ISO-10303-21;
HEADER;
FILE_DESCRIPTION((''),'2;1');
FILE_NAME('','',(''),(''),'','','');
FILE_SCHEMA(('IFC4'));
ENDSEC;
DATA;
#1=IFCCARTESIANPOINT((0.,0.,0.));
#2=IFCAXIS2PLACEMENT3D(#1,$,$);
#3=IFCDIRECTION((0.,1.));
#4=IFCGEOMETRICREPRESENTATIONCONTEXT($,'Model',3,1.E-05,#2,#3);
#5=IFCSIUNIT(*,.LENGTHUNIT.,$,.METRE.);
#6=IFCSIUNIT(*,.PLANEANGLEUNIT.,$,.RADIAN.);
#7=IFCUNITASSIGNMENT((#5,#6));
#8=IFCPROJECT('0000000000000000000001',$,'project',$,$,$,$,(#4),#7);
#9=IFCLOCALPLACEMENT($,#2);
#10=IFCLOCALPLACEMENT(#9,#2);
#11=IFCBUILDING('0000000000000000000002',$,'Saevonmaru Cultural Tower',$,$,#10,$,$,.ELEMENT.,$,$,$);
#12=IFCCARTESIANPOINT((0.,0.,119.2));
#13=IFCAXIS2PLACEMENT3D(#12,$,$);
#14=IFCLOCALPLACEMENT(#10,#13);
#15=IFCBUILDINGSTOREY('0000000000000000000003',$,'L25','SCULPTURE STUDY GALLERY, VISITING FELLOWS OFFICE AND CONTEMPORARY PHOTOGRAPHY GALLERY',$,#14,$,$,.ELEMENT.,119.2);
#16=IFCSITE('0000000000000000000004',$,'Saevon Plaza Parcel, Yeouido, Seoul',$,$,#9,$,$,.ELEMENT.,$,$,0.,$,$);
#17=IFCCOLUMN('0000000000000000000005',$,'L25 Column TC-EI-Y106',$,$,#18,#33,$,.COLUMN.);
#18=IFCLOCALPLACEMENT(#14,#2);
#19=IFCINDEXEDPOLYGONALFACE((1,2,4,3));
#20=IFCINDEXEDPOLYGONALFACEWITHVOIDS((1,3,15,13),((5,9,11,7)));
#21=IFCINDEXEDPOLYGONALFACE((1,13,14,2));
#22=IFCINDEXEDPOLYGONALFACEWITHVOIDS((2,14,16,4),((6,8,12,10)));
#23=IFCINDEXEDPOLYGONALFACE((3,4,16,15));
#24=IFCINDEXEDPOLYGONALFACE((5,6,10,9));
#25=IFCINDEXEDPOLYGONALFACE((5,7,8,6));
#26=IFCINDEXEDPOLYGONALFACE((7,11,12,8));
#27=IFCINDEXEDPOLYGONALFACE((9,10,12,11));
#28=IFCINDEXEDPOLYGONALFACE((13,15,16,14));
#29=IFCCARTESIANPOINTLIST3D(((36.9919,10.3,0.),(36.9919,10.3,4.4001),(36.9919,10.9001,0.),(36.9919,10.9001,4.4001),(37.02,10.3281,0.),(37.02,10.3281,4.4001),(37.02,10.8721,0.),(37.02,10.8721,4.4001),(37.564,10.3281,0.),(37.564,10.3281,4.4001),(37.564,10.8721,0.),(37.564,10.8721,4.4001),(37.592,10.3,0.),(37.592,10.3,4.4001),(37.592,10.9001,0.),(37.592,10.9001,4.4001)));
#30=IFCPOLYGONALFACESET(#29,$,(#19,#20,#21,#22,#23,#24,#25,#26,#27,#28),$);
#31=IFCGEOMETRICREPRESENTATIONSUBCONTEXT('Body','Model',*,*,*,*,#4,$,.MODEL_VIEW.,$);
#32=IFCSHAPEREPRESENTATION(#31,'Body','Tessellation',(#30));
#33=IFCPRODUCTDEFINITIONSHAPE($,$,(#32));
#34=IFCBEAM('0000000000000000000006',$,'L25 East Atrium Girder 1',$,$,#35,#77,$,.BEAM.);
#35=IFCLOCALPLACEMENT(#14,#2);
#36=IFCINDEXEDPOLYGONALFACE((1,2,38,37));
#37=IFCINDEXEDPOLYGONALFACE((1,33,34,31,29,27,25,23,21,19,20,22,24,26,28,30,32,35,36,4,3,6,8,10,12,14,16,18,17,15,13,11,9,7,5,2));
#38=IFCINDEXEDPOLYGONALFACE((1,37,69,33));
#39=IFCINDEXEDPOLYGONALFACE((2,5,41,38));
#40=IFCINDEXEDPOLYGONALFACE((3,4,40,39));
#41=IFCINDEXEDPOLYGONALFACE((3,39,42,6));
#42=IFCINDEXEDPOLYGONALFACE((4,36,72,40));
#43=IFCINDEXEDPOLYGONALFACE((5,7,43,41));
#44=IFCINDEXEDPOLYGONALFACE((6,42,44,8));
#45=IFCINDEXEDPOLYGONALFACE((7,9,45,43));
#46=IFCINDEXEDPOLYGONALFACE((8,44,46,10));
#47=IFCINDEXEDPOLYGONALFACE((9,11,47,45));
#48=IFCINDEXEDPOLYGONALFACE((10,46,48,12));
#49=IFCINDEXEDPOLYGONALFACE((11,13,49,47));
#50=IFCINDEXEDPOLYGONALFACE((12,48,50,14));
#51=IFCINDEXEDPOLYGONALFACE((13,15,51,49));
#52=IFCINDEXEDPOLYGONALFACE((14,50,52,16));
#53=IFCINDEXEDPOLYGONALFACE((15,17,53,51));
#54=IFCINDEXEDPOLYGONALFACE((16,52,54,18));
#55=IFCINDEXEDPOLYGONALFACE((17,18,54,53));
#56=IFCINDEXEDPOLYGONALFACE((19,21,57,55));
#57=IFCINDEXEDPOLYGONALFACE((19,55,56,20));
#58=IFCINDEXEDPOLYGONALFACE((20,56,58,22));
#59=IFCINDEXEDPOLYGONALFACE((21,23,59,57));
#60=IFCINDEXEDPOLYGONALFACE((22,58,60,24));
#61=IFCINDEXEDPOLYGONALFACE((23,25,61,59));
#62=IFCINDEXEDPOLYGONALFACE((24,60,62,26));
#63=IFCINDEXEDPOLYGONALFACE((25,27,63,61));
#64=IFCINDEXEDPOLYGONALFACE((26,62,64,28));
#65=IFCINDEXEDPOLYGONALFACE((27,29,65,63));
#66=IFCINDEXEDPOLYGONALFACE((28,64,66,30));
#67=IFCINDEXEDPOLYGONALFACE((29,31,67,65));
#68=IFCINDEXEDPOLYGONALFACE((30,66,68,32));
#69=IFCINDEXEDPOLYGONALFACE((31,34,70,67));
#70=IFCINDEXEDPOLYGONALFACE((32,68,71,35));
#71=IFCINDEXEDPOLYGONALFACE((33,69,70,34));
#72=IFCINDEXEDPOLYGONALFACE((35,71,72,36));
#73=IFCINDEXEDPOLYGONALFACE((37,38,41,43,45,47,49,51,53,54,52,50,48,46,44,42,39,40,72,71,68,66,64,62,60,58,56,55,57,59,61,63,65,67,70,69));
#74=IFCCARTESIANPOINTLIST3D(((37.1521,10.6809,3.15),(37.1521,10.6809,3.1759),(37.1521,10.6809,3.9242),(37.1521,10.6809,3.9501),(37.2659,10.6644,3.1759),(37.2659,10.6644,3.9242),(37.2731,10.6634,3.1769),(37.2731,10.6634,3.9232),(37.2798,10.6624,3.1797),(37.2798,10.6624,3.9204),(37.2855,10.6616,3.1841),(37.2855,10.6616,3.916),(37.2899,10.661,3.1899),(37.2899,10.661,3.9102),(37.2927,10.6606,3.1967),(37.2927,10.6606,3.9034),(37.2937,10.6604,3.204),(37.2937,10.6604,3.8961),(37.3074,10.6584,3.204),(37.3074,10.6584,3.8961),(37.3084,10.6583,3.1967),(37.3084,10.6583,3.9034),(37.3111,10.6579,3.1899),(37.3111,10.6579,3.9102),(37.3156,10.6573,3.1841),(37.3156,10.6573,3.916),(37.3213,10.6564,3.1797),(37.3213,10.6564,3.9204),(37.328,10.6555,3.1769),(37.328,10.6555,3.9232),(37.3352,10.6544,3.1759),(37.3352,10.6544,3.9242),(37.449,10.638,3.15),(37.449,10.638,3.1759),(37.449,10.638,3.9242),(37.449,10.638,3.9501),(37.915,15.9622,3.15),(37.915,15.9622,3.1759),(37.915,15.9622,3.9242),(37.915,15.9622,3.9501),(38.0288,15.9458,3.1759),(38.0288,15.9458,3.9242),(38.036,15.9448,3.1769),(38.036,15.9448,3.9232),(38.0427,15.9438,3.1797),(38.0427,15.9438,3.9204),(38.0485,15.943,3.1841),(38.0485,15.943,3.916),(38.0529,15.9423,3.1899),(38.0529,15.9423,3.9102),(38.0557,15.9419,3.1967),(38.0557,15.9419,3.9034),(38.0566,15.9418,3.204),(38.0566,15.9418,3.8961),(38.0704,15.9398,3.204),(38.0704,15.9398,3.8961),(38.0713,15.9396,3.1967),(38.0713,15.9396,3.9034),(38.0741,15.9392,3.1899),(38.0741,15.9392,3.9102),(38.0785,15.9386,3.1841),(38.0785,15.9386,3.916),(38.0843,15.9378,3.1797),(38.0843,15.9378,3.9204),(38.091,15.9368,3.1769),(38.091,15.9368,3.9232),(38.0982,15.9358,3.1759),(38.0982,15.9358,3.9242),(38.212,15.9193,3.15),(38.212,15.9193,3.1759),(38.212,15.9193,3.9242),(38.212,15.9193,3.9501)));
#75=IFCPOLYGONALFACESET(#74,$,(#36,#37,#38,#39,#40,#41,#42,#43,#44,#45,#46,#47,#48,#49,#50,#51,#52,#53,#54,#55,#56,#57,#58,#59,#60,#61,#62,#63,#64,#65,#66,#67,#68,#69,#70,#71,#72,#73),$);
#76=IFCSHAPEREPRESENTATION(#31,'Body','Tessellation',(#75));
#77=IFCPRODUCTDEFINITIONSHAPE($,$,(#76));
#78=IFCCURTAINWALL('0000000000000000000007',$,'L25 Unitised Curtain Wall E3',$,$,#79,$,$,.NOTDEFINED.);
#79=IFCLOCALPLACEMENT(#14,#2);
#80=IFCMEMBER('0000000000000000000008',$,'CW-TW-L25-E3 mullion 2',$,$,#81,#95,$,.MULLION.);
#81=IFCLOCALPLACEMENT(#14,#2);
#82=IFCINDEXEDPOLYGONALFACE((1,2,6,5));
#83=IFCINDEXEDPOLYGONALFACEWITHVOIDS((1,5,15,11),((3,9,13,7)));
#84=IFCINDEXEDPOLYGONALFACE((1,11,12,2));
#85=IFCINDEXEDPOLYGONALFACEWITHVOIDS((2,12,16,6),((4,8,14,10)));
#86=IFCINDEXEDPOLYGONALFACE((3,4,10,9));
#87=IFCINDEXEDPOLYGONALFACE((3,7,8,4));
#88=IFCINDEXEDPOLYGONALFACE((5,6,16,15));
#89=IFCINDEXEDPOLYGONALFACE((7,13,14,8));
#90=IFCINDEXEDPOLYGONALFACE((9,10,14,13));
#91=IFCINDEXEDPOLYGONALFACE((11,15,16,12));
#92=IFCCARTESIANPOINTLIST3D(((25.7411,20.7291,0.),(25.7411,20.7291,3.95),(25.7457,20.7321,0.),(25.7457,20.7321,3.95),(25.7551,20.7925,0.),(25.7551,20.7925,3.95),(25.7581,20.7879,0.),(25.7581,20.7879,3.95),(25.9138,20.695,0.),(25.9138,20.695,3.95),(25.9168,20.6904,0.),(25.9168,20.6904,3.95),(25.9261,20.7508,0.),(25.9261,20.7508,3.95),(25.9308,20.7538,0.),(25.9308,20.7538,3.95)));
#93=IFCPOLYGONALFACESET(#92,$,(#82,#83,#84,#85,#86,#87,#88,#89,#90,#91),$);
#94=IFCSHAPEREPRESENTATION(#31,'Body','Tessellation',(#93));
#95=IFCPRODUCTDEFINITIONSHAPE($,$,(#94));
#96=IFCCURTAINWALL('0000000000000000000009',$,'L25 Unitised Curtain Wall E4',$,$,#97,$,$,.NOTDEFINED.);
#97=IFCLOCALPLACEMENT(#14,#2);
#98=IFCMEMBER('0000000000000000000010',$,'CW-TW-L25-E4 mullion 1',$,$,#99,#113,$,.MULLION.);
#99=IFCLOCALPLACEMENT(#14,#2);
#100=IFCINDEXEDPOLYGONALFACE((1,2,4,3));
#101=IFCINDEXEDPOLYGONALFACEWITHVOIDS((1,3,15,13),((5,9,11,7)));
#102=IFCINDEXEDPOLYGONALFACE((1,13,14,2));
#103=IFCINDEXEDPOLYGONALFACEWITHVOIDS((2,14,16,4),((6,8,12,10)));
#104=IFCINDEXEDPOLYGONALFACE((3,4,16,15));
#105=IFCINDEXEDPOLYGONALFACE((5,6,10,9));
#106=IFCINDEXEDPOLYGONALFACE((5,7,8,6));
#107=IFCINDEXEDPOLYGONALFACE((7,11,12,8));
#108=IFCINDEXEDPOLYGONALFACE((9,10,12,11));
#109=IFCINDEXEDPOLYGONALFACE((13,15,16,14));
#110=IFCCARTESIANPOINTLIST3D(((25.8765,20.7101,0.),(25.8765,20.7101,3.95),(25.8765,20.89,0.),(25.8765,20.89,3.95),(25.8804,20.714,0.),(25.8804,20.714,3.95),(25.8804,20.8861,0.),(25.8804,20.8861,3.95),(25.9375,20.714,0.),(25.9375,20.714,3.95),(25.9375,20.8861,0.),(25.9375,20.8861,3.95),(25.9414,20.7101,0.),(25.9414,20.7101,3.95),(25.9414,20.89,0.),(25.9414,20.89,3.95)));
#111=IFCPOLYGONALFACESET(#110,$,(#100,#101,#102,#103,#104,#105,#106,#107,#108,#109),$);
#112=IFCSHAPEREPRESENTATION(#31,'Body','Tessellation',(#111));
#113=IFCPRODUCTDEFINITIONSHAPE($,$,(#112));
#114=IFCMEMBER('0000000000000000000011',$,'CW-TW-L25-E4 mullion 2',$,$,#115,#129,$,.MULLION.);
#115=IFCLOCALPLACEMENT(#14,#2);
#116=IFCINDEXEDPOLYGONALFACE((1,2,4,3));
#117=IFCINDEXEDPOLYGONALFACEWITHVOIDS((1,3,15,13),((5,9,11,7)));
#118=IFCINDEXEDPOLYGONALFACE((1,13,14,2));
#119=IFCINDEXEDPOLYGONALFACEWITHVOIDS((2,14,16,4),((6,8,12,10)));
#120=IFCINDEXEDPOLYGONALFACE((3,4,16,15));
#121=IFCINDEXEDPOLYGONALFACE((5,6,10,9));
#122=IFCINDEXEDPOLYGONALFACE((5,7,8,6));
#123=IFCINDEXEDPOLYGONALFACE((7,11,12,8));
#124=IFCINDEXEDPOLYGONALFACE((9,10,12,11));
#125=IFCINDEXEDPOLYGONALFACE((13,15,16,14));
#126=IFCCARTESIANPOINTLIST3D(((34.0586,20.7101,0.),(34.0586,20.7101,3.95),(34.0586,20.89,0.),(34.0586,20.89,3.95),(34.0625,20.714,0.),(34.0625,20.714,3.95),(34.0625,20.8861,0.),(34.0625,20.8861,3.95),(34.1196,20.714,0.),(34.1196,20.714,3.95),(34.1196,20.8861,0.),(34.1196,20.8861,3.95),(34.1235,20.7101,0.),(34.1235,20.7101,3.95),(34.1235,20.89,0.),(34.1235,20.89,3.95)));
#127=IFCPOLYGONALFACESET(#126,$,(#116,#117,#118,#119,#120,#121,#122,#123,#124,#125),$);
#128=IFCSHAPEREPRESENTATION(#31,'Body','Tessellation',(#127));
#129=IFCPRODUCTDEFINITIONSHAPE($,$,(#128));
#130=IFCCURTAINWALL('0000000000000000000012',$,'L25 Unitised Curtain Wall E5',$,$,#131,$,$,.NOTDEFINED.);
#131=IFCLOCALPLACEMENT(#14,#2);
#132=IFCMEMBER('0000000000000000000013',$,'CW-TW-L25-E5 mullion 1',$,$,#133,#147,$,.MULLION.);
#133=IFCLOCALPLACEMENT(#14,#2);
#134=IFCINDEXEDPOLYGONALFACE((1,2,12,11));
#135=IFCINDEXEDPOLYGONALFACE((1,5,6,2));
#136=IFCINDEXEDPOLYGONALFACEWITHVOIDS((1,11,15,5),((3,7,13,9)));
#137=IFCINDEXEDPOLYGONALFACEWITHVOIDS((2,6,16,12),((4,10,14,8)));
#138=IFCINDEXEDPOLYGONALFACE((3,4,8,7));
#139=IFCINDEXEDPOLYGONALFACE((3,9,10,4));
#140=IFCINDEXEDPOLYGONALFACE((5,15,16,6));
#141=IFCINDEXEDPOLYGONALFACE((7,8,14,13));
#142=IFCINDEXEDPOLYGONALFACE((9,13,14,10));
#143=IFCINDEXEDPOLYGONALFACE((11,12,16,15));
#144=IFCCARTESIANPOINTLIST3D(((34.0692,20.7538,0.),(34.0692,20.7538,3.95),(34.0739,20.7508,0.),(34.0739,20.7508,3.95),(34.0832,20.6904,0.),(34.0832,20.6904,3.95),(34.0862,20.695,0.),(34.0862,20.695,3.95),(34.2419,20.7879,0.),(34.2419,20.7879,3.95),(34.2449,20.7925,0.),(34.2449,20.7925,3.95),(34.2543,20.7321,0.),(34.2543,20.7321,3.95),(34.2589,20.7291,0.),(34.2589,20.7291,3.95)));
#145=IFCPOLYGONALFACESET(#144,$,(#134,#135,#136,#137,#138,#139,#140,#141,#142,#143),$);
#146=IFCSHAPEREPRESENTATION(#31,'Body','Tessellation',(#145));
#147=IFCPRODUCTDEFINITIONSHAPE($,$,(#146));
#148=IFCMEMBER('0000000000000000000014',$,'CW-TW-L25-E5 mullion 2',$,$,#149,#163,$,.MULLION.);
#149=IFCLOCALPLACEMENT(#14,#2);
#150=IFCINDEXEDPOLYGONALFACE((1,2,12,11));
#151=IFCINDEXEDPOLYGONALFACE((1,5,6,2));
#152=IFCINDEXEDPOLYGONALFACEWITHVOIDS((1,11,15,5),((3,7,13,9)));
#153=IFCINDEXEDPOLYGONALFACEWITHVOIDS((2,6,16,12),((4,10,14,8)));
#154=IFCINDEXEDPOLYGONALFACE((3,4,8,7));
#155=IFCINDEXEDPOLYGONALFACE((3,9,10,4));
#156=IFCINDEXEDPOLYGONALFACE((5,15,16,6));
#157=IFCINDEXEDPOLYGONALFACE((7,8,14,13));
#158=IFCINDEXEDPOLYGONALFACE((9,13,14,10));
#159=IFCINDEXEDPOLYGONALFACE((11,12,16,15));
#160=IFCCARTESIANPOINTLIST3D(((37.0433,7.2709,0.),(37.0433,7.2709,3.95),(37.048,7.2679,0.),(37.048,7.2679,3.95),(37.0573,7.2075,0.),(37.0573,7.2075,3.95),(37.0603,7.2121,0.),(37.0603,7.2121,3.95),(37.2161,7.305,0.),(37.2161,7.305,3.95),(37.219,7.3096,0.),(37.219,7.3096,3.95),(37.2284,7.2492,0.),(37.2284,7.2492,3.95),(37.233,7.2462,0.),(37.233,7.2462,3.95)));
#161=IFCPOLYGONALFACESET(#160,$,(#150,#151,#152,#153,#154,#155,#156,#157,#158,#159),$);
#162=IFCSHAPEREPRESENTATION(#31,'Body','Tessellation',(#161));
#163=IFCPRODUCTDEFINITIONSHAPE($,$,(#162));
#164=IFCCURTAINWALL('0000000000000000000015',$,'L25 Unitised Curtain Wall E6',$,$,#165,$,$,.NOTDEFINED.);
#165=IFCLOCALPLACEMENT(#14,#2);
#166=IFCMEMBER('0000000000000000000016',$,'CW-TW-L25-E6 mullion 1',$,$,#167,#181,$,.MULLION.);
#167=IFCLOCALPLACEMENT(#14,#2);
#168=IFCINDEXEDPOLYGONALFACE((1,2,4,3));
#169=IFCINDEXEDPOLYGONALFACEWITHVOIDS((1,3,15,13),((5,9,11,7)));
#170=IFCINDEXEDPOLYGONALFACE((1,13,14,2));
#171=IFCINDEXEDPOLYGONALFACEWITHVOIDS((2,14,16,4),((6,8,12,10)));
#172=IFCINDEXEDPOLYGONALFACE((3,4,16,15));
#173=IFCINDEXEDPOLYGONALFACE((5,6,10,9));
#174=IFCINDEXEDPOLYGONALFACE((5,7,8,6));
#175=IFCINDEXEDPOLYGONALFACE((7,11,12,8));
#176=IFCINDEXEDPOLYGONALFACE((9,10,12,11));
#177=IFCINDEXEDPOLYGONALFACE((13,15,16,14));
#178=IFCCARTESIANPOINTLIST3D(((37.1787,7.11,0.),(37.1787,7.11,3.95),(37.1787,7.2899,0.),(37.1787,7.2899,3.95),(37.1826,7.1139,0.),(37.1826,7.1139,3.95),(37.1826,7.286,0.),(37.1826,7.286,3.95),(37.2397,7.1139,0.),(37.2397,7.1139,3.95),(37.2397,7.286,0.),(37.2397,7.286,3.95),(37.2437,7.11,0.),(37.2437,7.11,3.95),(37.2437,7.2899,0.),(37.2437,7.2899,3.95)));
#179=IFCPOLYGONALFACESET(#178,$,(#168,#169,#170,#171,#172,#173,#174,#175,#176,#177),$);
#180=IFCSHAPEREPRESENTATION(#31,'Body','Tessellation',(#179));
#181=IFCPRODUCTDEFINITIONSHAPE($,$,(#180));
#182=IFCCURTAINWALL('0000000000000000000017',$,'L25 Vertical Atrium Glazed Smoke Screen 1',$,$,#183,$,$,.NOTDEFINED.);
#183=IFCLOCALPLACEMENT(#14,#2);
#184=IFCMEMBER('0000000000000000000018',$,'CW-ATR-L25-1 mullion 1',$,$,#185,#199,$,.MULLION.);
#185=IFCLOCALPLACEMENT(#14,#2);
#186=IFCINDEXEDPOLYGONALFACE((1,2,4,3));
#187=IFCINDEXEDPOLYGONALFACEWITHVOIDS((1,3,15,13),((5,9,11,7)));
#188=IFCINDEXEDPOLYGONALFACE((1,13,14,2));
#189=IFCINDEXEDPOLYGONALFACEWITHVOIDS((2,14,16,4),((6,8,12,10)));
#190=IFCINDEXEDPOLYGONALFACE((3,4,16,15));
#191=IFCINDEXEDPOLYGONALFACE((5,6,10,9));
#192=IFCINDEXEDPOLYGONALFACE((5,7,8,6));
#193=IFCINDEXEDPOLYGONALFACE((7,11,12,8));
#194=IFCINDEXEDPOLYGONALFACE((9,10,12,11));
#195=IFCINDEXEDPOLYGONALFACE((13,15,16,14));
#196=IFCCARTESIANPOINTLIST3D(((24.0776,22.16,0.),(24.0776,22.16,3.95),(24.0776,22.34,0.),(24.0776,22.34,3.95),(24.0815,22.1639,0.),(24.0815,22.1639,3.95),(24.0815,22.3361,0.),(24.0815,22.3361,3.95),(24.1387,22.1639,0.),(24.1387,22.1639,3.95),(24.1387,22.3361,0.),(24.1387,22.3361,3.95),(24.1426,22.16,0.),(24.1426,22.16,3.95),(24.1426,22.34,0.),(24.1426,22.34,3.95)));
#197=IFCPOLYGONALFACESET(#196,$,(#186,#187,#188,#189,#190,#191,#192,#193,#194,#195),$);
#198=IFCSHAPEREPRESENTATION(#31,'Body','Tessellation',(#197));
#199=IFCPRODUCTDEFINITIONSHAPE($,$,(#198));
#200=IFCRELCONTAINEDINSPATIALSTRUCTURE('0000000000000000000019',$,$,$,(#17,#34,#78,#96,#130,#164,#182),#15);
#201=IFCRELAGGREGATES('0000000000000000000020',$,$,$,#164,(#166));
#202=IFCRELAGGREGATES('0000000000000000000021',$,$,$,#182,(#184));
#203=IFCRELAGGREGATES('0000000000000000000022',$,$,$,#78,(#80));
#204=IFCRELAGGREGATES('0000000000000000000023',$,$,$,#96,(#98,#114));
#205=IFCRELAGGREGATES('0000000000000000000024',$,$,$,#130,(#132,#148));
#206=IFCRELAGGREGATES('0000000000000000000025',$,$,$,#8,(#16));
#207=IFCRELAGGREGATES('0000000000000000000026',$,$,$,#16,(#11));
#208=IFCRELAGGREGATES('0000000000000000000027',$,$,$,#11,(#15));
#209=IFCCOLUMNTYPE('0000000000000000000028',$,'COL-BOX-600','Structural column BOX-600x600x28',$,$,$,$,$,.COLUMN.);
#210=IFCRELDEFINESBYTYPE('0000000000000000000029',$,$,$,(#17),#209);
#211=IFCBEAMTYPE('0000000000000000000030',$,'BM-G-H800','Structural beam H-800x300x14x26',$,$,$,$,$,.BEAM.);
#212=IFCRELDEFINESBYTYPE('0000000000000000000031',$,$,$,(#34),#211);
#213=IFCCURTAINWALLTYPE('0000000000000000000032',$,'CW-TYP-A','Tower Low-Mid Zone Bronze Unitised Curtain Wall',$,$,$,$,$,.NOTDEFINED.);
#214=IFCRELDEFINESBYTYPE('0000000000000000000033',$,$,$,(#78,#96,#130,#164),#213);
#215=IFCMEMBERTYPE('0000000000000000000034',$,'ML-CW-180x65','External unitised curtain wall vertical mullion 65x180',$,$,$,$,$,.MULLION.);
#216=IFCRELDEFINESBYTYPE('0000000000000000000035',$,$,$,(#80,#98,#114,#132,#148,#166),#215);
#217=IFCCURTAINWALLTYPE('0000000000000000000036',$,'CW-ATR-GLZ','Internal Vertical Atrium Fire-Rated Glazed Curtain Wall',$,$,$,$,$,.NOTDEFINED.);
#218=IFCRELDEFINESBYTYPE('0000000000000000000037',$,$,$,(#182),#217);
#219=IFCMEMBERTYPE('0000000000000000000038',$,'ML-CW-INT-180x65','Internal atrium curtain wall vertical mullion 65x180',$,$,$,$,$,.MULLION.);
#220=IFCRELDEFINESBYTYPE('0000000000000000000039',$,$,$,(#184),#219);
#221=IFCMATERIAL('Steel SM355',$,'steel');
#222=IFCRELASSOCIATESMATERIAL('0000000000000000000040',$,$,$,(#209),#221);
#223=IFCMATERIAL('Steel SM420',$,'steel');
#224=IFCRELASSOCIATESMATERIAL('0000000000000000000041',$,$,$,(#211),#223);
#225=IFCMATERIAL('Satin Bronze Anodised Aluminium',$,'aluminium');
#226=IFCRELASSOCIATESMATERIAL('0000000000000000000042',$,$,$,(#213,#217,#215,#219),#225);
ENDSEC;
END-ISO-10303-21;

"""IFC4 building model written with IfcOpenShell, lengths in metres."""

from ifc_helpers import new_model, si_unit, direction, frame, origin, origin_2d, place, context, subcontext, project, spatial, hollow_rectangle, i_section, extrude, material, material_profile, profile_set, type_object, element, aggregate, save


model = new_model("IFC4")

# Units and contexts
model_context = context("Model", 3, precision=1e-05, world=origin(), true_north=direction((0.0, 1.0)))
body_context = subcontext(model_context, "Body", "Model", "MODEL_VIEW")
ifc_project = project(units=[si_unit("LENGTHUNIT", "METRE"), si_unit("PLANEANGLEUNIT", "RADIAN")], contexts=[model_context])

# Site, building, storey
site_placement = place(None, origin())
site = spatial("IfcSite", under=ifc_project, at=site_placement, Name="Saevon Plaza Parcel, Yeouido, Seoul", CompositionType="ELEMENT", RefElevation=0.0)
building_placement = place(site_placement, origin())
building = spatial("IfcBuilding", under=site, at=building_placement, Name="Saevonmaru Cultural Tower", CompositionType="ELEMENT")
storey_placement = place(building_placement, frame((0.0, 0.0, 119.2)))
storey = spatial("IfcBuildingStorey", under=building, at=storey_placement, Name="L25", Description="SCULPTURE STUDY GALLERY, VISITING FELLOWS OFFICE AND CONTEMPORARY PHOTOGRAPHY GALLERY", CompositionType="ELEMENT", Elevation=119.2)

# Column
ifc_material_1 = material(Name="Steel SM355", Category="steel")
ifc_material_profile_1 = material_profile(ifc_material_1, hollow_rectangle(XDim=0.6001, YDim=0.6001, WallThickness=0.0281, at=origin_2d()), Name="BOX-600x600x28")
ifc_profile_set_1 = profile_set([ifc_material_profile_1], Name="Steel SM355")
column_type = type_object("IfcColumnType", Name="COL-BOX-600", Description="Structural column BOX-600x600x28", PredefinedType="COLUMN", material=ifc_profile_set_1)
column_placement = place(storey_placement, frame((37.292, 10.6001, 0.0), z_axis=(0.0, 0.0, 1.0), x_axis=(1.0, 0.0, 0.0)))
element("IfcColumn", 1, at=column_placement, inside=storey, type_object=column_type, Name="L25 Column TC-EI-Y106", PredefinedType="COLUMN", context=body_context, shape_type="SweptSolid", body=[
    extrude(hollow_rectangle(XDim=0.6001, YDim=0.6001, WallThickness=0.0281, at=origin_2d()), origin(), (0.0, 0.0, 1.0), 4.4001),
])

# Beam
ifc_material_2 = material(Name="Steel SM420", Category="steel")
ifc_material_profile_2 = material_profile(ifc_material_2, i_section(OverallWidth=0.3, OverallDepth=0.8, WebThickness=0.0139, FlangeThickness=0.0259, FilletRadius=0.0281, at=origin_2d()), Name="H-800x300x14x26")
ifc_profile_set_2 = profile_set([ifc_material_profile_2], Name="Steel SM420")
beam_type = type_object("IfcBeamType", Name="BM-G-H800", Description="Structural beam H-800x300x14x26", PredefinedType="BEAM", material=ifc_profile_set_2)
beam_placement = place(storey_placement, frame((37.3005, 10.6594, 3.55), z_axis=(0.142978, 0.989726, 0.0), x_axis=(-0.989726, 0.142978, 0.0)))
element("IfcBeam", 2, at=beam_placement, inside=storey, type_object=beam_type, Name="L25 East Atrium Girder 1", PredefinedType="BEAM", context=body_context, shape_type="SweptSolid", body=[
    extrude(i_section(OverallWidth=0.3, OverallDepth=0.8, WebThickness=0.0139, FlangeThickness=0.0259, FilletRadius=0.0281, at=origin_2d()), origin(), (0.0, 0.0, 1.0), 5.3362),
])

# Curtain wall, member
ifc_material_3 = material(Name="Satin Bronze Anodised Aluminium", Category="aluminium")
curtain_wall_type_1 = type_object("IfcCurtainWallType", Name="CW-TYP-A", Description="Tower Low-Mid Zone Bronze Unitised Curtain Wall", PredefinedType="NOTDEFINED", material=ifc_material_3)
curtain_wall_1_placement = place(storey_placement, origin())
curtain_wall_1 = element("IfcCurtainWall", 3, at=curtain_wall_1_placement, inside=storey, type_object=curtain_wall_type_1, Name="L25 Unitised Curtain Wall E3", PredefinedType="NOTDEFINED")
ifc_material_profile_3 = material_profile(ifc_material_3, hollow_rectangle(XDim=0.0649, YDim=0.1799, WallThickness=0.0039, at=origin_2d()), Name="ALU-MULL-180x65x4")
ifc_profile_set_3 = profile_set([ifc_material_profile_3], Name="Satin Bronze Anodised Aluminium")
member_type_1 = type_object("IfcMemberType", Name="ML-CW-180x65", Description="External unitised curtain wall vertical mullion 65x180", PredefinedType="MULLION", material=ifc_profile_set_3)
member_1_placement = place(storey_placement, frame((25.8359, 20.7415, 0.0), z_axis=(0.0, 0.0, 1.0), x_axis=(0.215413, 0.976523, 0.0)))
member_1 = element("IfcMember", 4, at=member_1_placement, type_object=member_type_1, Name="CW-TW-L25-E3 mullion 2", PredefinedType="MULLION", context=body_context, shape_type="SweptSolid", body=[
    extrude(hollow_rectangle(XDim=0.0649, YDim=0.1799, WallThickness=0.0039, at=origin_2d()), origin(), (0.0, 0.0, 1.0), 3.95),
])

# Curtain walls, members
curtain_wall_2_placement = place(storey_placement, origin())
curtain_wall_2 = element("IfcCurtainWall", 5, at=curtain_wall_2_placement, inside=storey, type_object=curtain_wall_type_1, Name="L25 Unitised Curtain Wall E4", PredefinedType="NOTDEFINED")
member_2_placement = place(storey_placement, frame((25.9089, 20.8, 0.0), z_axis=(0.0, 0.0, 1.0), x_axis=(1.0, 0.0, 0.0)))
member_2 = element("IfcMember", 6, at=member_2_placement, type_object=member_type_1, Name="CW-TW-L25-E4 mullion 1", PredefinedType="MULLION", context=body_context, shape_type="SweptSolid", body=[
    extrude(hollow_rectangle(XDim=0.0649, YDim=0.1799, WallThickness=0.0039, at=origin_2d()), origin(), (0.0, 0.0, 1.0), 3.95),
])
member_3_placement = place(storey_placement, frame((34.0911, 20.8, 0.0), z_axis=(0.0, 0.0, 1.0), x_axis=(1.0, 0.0, 0.0)))
member_3 = element("IfcMember", 7, at=member_3_placement, type_object=member_type_1, Name="CW-TW-L25-E4 mullion 2", PredefinedType="MULLION", context=body_context, shape_type="SweptSolid", body=[
    extrude(hollow_rectangle(XDim=0.0649, YDim=0.1799, WallThickness=0.0039, at=origin_2d()), origin(), (0.0, 0.0, 1.0), 3.95),
])
curtain_wall_3_placement = place(storey_placement, origin())
curtain_wall_3 = element("IfcCurtainWall", 8, at=curtain_wall_3_placement, inside=storey, type_object=curtain_wall_type_1, Name="L25 Unitised Curtain Wall E5", PredefinedType="NOTDEFINED")
member_4_placement = place(storey_placement, frame((34.1641, 20.7415, 0.0), z_axis=(0.0, 0.0, 1.0), x_axis=(0.215413, -0.976523, 0.0)))
member_4 = element("IfcMember", 9, at=member_4_placement, type_object=member_type_1, Name="CW-TW-L25-E5 mullion 1", PredefinedType="MULLION", context=body_context, shape_type="SweptSolid", body=[
    extrude(hollow_rectangle(XDim=0.0649, YDim=0.1799, WallThickness=0.0039, at=origin_2d()), origin(), (0.0, 0.0, 1.0), 3.95),
])
member_5_placement = place(storey_placement, frame((37.1382, 7.2585, 0.0), z_axis=(0.0, 0.0, 1.0), x_axis=(0.215413, -0.976523, 0.0)))
member_5 = element("IfcMember", 10, at=member_5_placement, type_object=member_type_1, Name="CW-TW-L25-E5 mullion 2", PredefinedType="MULLION", context=body_context, shape_type="SweptSolid", body=[
    extrude(hollow_rectangle(XDim=0.0649, YDim=0.1799, WallThickness=0.0039, at=origin_2d()), origin(), (0.0, 0.0, 1.0), 3.95),
])

# Curtain wall, member
curtain_wall_4_placement = place(storey_placement, origin())
curtain_wall_4 = element("IfcCurtainWall", 11, at=curtain_wall_4_placement, inside=storey, type_object=curtain_wall_type_1, Name="L25 Unitised Curtain Wall E6", PredefinedType="NOTDEFINED")
member_6_placement = place(storey_placement, frame((37.2112, 7.2, 0.0), z_axis=(0.0, 0.0, 1.0), x_axis=(1.0, 0.0, 0.0)))
member_6 = element("IfcMember", 12, at=member_6_placement, type_object=member_type_1, Name="CW-TW-L25-E6 mullion 1", PredefinedType="MULLION", context=body_context, shape_type="SweptSolid", body=[
    extrude(hollow_rectangle(XDim=0.0649, YDim=0.1799, WallThickness=0.0039, at=origin_2d()), origin(), (0.0, 0.0, 1.0), 3.95),
])

# Curtain wall, member
curtain_wall_type_2 = type_object("IfcCurtainWallType", Name="CW-ATR-GLZ", Description="Internal Vertical Atrium Fire-Rated Glazed Curtain Wall", PredefinedType="NOTDEFINED", material=ifc_material_3)
curtain_wall_5_placement = place(storey_placement, origin())
curtain_wall_5 = element("IfcCurtainWall", 13, at=curtain_wall_5_placement, inside=storey, type_object=curtain_wall_type_2, Name="L25 Vertical Atrium Glazed Smoke Screen 1", PredefinedType="NOTDEFINED")
ifc_material_profile_4 = material_profile(ifc_material_3, hollow_rectangle(XDim=0.0649, YDim=0.1799, WallThickness=0.0039, at=origin_2d()), Name="ALU-MULL-180x65x4")
ifc_profile_set_4 = profile_set([ifc_material_profile_4], Name="Satin Bronze Anodised Aluminium")
member_type_2 = type_object("IfcMemberType", Name="ML-CW-INT-180x65", Description="Internal atrium curtain wall vertical mullion 65x180", PredefinedType="MULLION", material=ifc_profile_set_4)
member_7_placement = place(storey_placement, frame((24.1101, 22.25, 0.0), z_axis=(0.0, 0.0, 1.0), x_axis=(1.0, 0.0, 0.0)))
member_7 = element("IfcMember", 14, at=member_7_placement, type_object=member_type_2, Name="CW-ATR-L25-1 mullion 1", PredefinedType="MULLION", context=body_context, shape_type="SweptSolid", body=[
    extrude(hollow_rectangle(XDim=0.0649, YDim=0.1799, WallThickness=0.0039, at=origin_2d()), origin(), (0.0, 0.0, 1.0), 3.95),
])

aggregate(curtain_wall_4, [member_6])

aggregate(curtain_wall_5, [member_7])
aggregate(curtain_wall_1, [member_1])
aggregate(curtain_wall_2, [member_2, member_3])
aggregate(curtain_wall_3, [member_4, member_5])

save(model, "model.ifc")
